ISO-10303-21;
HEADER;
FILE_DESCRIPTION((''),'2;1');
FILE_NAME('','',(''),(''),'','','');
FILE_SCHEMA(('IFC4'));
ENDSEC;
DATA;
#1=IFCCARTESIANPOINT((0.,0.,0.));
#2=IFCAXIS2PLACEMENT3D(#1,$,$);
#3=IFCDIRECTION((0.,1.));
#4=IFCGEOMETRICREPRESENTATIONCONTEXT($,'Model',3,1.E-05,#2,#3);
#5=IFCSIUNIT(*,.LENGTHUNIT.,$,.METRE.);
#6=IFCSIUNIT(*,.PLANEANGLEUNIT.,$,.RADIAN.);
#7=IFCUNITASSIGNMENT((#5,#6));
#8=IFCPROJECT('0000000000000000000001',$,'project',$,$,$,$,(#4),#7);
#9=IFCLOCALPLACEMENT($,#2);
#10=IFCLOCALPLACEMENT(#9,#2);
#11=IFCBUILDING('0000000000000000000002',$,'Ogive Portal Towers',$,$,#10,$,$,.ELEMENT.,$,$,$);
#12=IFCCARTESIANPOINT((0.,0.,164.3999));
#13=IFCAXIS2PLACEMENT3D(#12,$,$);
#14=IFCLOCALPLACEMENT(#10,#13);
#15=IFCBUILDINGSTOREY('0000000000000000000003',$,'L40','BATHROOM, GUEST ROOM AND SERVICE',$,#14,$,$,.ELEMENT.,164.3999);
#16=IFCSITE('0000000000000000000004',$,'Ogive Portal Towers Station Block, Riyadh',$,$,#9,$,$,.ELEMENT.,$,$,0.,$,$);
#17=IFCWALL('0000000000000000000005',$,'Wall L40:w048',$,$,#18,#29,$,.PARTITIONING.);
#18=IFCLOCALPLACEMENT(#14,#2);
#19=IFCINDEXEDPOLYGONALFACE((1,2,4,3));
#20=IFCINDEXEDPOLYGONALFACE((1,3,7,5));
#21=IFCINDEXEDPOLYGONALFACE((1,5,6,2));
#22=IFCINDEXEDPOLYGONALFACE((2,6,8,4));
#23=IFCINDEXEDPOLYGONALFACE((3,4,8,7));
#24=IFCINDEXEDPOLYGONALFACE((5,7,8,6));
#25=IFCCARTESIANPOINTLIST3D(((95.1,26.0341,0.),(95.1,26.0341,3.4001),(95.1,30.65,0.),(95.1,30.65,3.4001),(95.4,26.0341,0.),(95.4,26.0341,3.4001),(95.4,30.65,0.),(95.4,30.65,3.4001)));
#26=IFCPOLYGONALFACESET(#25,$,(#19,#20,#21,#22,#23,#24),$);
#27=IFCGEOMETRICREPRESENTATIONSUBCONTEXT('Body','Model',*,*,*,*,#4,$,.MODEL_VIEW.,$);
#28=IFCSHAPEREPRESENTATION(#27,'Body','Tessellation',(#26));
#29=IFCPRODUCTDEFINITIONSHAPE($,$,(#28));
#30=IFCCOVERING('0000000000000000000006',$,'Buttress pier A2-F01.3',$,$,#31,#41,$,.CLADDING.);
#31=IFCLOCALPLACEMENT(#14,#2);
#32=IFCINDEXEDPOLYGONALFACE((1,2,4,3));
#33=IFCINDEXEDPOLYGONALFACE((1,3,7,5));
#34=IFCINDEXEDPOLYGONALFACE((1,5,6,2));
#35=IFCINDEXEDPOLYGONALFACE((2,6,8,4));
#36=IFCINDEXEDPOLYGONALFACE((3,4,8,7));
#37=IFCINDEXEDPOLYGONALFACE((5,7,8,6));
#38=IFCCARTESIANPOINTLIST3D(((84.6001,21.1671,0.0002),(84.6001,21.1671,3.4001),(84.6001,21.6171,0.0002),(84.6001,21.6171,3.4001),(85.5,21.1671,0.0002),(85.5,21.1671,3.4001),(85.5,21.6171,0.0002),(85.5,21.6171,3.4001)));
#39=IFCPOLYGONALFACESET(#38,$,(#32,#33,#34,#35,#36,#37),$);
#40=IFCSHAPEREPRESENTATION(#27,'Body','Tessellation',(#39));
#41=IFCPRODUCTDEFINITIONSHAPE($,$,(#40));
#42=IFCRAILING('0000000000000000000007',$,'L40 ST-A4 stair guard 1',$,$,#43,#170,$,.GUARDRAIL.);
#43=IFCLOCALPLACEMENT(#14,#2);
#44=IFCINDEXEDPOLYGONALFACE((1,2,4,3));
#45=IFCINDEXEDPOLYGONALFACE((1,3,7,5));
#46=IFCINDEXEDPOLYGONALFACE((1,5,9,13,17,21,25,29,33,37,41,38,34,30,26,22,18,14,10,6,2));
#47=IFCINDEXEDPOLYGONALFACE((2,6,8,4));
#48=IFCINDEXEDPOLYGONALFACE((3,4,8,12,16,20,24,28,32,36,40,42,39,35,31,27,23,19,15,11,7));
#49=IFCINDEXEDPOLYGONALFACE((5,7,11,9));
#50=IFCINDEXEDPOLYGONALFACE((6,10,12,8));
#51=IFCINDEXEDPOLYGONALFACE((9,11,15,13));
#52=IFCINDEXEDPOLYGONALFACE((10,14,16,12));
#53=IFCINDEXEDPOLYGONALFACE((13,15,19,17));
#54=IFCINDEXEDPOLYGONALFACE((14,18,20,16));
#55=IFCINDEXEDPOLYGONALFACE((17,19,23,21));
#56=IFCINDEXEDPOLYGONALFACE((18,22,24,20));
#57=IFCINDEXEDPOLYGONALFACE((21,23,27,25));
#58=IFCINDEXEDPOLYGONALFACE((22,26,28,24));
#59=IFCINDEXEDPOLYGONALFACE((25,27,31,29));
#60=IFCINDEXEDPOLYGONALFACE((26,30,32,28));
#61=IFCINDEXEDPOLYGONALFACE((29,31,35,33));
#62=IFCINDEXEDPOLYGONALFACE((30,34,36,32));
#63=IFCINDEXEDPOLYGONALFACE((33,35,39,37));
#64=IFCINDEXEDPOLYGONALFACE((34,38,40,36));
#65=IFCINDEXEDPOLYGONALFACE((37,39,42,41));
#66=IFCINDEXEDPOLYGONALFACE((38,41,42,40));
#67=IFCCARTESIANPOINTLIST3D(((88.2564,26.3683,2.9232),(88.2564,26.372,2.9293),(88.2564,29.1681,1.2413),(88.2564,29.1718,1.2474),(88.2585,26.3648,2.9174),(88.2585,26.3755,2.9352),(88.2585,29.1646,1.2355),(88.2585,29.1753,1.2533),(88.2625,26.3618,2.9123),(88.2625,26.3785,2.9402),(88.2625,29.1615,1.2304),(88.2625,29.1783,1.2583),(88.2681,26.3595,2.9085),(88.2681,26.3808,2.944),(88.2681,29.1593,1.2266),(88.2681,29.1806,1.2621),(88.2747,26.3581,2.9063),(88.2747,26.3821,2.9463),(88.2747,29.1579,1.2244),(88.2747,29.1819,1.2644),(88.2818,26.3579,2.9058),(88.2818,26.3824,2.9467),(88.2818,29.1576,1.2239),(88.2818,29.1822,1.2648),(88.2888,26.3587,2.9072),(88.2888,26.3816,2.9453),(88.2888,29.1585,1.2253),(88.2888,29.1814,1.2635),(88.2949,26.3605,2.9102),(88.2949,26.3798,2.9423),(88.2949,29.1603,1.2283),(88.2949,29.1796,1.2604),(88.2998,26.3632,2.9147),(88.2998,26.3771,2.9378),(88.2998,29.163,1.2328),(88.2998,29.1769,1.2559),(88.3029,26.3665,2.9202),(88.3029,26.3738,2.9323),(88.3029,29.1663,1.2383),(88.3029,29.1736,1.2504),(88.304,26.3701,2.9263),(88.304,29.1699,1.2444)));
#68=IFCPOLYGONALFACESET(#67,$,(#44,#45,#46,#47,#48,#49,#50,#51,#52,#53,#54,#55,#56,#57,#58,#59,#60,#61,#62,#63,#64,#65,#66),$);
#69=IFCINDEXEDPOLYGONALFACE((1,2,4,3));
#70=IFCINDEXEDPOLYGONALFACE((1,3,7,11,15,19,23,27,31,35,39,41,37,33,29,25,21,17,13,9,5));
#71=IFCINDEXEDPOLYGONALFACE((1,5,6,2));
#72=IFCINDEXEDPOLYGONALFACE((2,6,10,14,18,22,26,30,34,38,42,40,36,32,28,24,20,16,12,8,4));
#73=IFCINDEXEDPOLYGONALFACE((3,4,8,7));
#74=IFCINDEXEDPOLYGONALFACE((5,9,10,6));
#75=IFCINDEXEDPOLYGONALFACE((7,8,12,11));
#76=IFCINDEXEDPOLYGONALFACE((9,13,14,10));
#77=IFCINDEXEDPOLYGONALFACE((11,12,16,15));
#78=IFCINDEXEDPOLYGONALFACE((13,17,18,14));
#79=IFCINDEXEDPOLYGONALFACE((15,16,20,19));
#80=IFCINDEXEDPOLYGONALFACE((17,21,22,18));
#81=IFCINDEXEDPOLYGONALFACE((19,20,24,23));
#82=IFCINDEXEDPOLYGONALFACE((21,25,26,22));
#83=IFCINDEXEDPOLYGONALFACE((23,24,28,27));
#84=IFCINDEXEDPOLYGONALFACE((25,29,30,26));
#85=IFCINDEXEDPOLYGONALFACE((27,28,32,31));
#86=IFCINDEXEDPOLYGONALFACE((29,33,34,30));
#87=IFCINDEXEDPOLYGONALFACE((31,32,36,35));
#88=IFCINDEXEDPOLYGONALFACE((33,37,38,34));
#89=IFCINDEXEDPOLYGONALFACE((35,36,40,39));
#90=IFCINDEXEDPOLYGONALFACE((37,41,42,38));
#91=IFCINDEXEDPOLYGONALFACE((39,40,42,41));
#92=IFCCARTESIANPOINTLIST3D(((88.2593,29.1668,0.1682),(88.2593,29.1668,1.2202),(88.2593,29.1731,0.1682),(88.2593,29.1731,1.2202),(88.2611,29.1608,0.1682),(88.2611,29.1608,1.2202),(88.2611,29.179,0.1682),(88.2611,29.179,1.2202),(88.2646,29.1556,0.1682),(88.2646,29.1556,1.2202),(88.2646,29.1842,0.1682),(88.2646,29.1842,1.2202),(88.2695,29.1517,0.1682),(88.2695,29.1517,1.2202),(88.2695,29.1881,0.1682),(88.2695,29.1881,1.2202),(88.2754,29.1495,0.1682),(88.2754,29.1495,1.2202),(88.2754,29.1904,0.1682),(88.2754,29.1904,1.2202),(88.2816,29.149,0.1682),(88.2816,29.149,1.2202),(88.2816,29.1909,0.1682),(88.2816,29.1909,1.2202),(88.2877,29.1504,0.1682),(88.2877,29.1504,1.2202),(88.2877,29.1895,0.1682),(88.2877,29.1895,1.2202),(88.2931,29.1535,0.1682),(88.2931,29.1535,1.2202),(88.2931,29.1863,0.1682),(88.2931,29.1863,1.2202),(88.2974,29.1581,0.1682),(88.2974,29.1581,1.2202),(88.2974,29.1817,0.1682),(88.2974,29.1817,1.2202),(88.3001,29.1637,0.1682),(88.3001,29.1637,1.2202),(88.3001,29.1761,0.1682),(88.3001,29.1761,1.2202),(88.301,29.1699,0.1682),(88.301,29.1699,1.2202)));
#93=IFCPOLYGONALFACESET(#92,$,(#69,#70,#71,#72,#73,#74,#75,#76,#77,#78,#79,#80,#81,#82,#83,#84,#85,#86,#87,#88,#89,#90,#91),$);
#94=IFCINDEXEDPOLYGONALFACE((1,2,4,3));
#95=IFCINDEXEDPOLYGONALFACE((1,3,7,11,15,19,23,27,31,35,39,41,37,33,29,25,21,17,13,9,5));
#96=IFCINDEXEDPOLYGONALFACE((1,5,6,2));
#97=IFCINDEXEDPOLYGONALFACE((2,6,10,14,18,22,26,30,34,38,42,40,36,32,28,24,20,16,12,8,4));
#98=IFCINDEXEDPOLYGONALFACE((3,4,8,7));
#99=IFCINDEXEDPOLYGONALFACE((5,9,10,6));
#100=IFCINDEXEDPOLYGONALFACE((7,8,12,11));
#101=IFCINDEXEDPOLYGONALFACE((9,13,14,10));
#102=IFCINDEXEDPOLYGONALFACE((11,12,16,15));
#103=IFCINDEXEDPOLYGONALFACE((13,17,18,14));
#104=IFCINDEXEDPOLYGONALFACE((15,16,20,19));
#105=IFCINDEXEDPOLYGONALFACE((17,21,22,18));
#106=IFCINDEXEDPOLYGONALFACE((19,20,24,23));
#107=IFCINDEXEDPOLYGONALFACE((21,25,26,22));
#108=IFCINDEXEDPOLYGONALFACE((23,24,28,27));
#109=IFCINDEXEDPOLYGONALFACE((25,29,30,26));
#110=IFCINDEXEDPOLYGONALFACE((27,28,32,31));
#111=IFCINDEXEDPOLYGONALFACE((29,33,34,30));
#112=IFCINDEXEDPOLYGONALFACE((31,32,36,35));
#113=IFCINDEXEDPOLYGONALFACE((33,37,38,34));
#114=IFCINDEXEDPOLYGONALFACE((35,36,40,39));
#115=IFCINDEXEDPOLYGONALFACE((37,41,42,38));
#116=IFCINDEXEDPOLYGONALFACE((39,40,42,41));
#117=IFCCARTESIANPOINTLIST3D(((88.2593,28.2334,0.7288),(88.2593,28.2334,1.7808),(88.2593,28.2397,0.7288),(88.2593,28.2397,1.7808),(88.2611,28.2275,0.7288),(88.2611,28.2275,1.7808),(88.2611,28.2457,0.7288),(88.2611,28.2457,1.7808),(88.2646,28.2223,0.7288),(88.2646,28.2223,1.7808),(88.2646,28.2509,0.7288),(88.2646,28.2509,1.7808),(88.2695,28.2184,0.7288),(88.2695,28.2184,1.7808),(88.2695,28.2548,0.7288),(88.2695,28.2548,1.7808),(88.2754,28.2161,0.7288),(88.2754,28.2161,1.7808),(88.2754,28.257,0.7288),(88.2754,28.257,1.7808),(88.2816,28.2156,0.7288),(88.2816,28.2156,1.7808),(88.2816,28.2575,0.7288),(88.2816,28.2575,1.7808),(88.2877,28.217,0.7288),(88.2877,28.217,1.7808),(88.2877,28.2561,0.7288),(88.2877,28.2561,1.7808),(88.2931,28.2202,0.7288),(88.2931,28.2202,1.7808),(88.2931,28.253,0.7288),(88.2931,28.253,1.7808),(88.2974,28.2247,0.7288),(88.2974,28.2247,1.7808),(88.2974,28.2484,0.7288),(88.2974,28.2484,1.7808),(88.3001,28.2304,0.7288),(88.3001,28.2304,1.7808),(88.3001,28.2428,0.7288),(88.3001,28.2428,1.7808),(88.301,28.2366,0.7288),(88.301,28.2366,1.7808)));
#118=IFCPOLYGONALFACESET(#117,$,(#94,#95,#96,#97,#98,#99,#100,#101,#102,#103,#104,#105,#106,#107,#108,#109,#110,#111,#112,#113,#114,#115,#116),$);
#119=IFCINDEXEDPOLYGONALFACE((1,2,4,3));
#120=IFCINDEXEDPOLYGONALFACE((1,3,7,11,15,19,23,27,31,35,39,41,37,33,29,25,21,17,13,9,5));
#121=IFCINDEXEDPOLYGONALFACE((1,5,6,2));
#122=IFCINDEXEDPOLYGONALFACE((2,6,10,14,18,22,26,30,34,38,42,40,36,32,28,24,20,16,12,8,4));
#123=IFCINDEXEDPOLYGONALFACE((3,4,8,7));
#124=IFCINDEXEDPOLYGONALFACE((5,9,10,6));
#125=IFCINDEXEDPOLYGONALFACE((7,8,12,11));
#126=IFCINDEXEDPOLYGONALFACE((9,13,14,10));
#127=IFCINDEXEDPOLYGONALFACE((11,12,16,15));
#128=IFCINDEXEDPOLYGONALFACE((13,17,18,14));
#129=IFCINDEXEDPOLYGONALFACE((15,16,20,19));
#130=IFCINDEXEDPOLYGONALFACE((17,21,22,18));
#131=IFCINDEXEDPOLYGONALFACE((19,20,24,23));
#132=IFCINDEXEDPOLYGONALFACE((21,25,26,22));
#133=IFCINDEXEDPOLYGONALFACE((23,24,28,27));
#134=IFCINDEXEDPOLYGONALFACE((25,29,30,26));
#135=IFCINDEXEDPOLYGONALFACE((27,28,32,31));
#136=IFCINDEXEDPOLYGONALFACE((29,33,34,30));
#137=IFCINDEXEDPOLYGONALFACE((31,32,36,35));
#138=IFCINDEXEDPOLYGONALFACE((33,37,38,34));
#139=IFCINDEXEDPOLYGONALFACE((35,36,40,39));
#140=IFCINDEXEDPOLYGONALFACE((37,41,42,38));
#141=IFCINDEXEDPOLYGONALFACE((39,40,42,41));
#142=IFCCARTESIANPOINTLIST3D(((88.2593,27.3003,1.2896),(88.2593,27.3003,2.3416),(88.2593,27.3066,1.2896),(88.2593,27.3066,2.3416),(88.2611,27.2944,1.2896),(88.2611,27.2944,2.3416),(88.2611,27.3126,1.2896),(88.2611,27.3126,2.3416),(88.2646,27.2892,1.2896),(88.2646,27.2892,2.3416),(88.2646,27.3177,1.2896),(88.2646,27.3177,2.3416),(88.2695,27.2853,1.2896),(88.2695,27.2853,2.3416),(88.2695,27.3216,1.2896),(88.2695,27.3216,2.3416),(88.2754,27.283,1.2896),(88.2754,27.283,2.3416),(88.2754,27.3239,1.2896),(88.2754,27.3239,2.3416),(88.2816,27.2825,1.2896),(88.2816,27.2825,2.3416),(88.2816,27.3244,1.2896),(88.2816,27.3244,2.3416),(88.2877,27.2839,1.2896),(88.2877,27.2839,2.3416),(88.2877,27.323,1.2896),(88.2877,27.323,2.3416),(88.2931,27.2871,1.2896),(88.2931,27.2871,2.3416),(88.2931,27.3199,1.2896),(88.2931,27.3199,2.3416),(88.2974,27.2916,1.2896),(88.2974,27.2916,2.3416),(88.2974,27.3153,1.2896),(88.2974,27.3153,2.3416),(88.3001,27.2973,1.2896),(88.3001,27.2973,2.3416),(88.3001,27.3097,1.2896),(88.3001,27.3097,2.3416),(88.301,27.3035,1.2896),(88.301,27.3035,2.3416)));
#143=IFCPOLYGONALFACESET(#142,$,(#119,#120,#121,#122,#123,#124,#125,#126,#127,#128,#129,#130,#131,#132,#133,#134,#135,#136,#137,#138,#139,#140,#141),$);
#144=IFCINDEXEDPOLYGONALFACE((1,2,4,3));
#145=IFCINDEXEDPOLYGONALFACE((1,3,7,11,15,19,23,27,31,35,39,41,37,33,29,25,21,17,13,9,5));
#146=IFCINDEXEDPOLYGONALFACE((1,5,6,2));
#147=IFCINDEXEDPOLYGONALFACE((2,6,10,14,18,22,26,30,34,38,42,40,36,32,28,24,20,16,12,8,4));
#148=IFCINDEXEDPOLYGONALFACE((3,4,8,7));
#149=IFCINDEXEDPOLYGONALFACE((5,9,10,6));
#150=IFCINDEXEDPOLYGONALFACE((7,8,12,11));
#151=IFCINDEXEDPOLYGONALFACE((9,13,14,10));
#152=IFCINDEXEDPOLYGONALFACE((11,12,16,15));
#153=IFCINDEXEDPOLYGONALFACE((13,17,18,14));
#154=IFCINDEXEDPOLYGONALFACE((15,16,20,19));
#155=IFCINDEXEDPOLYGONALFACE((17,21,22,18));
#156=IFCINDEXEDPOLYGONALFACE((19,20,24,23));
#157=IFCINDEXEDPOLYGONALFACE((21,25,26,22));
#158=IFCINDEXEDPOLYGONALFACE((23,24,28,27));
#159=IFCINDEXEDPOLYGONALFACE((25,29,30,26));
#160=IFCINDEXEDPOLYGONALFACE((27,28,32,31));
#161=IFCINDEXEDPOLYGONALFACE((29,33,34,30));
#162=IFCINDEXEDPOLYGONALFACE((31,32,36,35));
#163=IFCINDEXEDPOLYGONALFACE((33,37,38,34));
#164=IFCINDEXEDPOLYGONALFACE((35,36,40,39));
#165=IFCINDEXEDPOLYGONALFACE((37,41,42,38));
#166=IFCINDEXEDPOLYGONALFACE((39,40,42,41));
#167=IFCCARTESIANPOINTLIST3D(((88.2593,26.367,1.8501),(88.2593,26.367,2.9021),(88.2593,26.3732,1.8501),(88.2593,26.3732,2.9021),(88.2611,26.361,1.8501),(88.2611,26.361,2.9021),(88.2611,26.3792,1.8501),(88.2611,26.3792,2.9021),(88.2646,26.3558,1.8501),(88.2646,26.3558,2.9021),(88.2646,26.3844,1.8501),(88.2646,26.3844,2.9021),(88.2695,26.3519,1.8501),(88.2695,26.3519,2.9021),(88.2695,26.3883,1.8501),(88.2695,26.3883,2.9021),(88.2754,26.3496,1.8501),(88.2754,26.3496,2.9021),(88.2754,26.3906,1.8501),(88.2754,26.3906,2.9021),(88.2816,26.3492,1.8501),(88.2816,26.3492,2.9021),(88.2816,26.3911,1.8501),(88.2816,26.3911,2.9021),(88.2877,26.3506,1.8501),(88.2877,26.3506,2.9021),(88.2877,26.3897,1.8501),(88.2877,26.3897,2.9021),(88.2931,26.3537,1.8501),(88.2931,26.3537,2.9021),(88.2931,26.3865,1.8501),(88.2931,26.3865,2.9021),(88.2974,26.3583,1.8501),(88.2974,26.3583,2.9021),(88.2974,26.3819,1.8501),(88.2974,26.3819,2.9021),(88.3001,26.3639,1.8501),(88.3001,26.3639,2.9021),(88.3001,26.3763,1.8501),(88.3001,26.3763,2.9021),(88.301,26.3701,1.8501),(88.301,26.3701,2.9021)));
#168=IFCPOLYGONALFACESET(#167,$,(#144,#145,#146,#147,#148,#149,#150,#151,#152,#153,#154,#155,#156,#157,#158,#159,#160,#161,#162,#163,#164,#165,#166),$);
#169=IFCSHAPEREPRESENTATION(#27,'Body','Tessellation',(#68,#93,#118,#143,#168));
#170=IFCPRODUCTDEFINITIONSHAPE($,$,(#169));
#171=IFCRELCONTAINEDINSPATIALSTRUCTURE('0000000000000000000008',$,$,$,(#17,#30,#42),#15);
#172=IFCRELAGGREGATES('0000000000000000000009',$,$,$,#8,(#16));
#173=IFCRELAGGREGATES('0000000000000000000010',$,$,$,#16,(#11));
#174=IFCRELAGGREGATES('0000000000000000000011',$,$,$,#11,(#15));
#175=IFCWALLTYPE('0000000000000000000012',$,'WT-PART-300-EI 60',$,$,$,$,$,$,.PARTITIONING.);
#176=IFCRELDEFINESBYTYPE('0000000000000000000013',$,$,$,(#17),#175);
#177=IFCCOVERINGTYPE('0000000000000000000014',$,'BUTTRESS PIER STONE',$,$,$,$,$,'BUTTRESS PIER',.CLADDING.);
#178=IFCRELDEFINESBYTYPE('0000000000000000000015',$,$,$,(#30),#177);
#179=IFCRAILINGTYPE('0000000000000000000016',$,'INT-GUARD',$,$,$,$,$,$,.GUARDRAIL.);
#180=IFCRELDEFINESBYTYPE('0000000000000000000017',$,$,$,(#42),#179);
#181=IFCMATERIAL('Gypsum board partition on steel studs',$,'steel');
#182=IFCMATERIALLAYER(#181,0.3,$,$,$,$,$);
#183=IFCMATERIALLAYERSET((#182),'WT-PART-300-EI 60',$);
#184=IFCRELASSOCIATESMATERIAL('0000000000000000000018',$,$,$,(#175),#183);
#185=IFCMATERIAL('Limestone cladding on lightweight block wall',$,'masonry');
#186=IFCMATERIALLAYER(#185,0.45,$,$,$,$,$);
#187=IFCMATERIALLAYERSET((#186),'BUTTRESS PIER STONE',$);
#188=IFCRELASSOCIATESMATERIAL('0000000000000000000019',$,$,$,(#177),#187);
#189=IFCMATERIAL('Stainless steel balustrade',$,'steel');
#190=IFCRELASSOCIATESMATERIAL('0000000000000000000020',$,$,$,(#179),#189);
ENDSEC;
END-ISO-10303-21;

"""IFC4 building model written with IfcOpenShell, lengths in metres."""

from ifc_helpers import new_model, si_unit, direction, frame, frame_2d, origin, origin_2d, place, context, subcontext, project, spatial, rectangle, circle, extrude, material, layer, layer_set, type_object, element, save


model = new_model("IFC4")

# Units and contexts
model_context = context("Model", 3, precision=1e-05, world=origin(), true_north=direction((0.0, 1.0)))
body_context = subcontext(model_context, "Body", "Model", "MODEL_VIEW")
ifc_project = project(units=[si_unit("LENGTHUNIT", "METRE"), si_unit("PLANEANGLEUNIT", "RADIAN")], contexts=[model_context])

# Site, building, storey
site_placement = place(None, origin())
site = spatial("IfcSite", under=ifc_project, at=site_placement, Name="Ogive Portal Towers Station Block, Riyadh", CompositionType="ELEMENT", RefElevation=0.0)
building_placement = place(site_placement, origin())
building = spatial("IfcBuilding", under=site, at=building_placement, Name="Ogive Portal Towers", CompositionType="ELEMENT")
storey_placement = place(building_placement, frame((0.0, 0.0, 164.3999)))
storey = spatial("IfcBuildingStorey", under=building, at=storey_placement, Name="L40", Description="BATHROOM, GUEST ROOM AND SERVICE", CompositionType="ELEMENT", Elevation=164.3999)

# Wall
ifc_material_1 = material(Name="Gypsum board partition on steel studs", Category="steel")
ifc_layer_1 = layer(ifc_material_1, 0.3)
ifc_layer_set_1 = layer_set([ifc_layer_1], Name="WT-PART-300-EI 60")
wall_type_1 = type_object("IfcWallType", Name="WT-PART-300-EI 60", PredefinedType="PARTITIONING", material=ifc_layer_set_1)
wall_1_placement = place(storey_placement, frame((95.25, 26.0339, 0.0), z_axis=(0.0, 0.0, 1.0), x_axis=(0.0, 1.0, 0.0)))
element("IfcWall", 1, at=wall_1_placement, inside=storey, type_object=wall_type_1, Name="Wall L40:w048", PredefinedType="PARTITIONING", context=body_context, shape_type="SweptSolid", body=[
    extrude(rectangle(XDim=4.616, YDim=0.3, at=frame_2d((2.3081, 0.0))), origin(), (0.0, 0.0, 1.0), 3.4001),
])

# Covering
ifc_material_2 = material(Name="Limestone cladding on lightweight block wall", Category="masonry")
ifc_layer_2 = layer(ifc_material_2, 0.45)
ifc_layer_set_2 = layer_set([ifc_layer_2], Name="BUTTRESS PIER STONE")
covering_type = type_object("IfcCoveringType", Name="BUTTRESS PIER STONE", ElementType="BUTTRESS PIER", PredefinedType="CLADDING", material=ifc_layer_set_2)
covering_placement = place(storey_placement, frame((85.05, 21.3921, 0.0002), z_axis=(0.0, 0.0, 1.0), x_axis=(1.0, 0.0, 0.0)))
element("IfcCovering", 2, at=covering_placement, inside=storey, type_object=covering_type, Name="Buttress pier A2-F01.3", PredefinedType="CLADDING", context=body_context, shape_type="SweptSolid", body=[
    extrude(rectangle(XDim=0.8999, YDim=0.45, at=origin_2d()), origin(), (0.0, 0.0, 1.0), 3.3999),
])

# Railing
ifc_material_3 = material(Name="Stainless steel balustrade", Category="steel")
railing_type_1 = type_object("IfcRailingType", Name="INT-GUARD", PredefinedType="GUARDRAIL", material=ifc_material_3)
railing_1_placement = place(storey_placement, frame((88.28, 29.1699, 0.1682)))
element("IfcRailing", 3, at=railing_1_placement, inside=storey, type_object=railing_type_1, Name="L40 ST-A4 stair guard 1", PredefinedType="GUARDRAIL", context=body_context, shape_type="SweptSolid", body=[
    extrude(circle(Radius=0.0239, at=origin_2d()), frame((0.0, 0.0, 1.0762), z_axis=(0.0, -0.857222, 0.514946), x_axis=(1.0, 0.0, 0.0)), (0.0, 0.0, 1.0), 3.2661),
    extrude(circle(Radius=0.021, at=origin_2d()), origin(), (0.0, 0.0, 1.0), 1.052),
    extrude(circle(Radius=0.021, at=origin_2d()), frame((0.0, -0.9333, 0.5605)), (0.0, 0.0, 1.0), 1.052),
    extrude(circle(Radius=0.021, at=origin_2d()), frame((0.0, -1.8665, 1.1213)), (0.0, 0.0, 1.0), 1.052),
    extrude(circle(Radius=0.021, at=origin_2d()), frame((0.0, -2.7998, 1.6819)), (0.0, 0.0, 1.0), 1.052),
])

save(model, "model.ifc")
